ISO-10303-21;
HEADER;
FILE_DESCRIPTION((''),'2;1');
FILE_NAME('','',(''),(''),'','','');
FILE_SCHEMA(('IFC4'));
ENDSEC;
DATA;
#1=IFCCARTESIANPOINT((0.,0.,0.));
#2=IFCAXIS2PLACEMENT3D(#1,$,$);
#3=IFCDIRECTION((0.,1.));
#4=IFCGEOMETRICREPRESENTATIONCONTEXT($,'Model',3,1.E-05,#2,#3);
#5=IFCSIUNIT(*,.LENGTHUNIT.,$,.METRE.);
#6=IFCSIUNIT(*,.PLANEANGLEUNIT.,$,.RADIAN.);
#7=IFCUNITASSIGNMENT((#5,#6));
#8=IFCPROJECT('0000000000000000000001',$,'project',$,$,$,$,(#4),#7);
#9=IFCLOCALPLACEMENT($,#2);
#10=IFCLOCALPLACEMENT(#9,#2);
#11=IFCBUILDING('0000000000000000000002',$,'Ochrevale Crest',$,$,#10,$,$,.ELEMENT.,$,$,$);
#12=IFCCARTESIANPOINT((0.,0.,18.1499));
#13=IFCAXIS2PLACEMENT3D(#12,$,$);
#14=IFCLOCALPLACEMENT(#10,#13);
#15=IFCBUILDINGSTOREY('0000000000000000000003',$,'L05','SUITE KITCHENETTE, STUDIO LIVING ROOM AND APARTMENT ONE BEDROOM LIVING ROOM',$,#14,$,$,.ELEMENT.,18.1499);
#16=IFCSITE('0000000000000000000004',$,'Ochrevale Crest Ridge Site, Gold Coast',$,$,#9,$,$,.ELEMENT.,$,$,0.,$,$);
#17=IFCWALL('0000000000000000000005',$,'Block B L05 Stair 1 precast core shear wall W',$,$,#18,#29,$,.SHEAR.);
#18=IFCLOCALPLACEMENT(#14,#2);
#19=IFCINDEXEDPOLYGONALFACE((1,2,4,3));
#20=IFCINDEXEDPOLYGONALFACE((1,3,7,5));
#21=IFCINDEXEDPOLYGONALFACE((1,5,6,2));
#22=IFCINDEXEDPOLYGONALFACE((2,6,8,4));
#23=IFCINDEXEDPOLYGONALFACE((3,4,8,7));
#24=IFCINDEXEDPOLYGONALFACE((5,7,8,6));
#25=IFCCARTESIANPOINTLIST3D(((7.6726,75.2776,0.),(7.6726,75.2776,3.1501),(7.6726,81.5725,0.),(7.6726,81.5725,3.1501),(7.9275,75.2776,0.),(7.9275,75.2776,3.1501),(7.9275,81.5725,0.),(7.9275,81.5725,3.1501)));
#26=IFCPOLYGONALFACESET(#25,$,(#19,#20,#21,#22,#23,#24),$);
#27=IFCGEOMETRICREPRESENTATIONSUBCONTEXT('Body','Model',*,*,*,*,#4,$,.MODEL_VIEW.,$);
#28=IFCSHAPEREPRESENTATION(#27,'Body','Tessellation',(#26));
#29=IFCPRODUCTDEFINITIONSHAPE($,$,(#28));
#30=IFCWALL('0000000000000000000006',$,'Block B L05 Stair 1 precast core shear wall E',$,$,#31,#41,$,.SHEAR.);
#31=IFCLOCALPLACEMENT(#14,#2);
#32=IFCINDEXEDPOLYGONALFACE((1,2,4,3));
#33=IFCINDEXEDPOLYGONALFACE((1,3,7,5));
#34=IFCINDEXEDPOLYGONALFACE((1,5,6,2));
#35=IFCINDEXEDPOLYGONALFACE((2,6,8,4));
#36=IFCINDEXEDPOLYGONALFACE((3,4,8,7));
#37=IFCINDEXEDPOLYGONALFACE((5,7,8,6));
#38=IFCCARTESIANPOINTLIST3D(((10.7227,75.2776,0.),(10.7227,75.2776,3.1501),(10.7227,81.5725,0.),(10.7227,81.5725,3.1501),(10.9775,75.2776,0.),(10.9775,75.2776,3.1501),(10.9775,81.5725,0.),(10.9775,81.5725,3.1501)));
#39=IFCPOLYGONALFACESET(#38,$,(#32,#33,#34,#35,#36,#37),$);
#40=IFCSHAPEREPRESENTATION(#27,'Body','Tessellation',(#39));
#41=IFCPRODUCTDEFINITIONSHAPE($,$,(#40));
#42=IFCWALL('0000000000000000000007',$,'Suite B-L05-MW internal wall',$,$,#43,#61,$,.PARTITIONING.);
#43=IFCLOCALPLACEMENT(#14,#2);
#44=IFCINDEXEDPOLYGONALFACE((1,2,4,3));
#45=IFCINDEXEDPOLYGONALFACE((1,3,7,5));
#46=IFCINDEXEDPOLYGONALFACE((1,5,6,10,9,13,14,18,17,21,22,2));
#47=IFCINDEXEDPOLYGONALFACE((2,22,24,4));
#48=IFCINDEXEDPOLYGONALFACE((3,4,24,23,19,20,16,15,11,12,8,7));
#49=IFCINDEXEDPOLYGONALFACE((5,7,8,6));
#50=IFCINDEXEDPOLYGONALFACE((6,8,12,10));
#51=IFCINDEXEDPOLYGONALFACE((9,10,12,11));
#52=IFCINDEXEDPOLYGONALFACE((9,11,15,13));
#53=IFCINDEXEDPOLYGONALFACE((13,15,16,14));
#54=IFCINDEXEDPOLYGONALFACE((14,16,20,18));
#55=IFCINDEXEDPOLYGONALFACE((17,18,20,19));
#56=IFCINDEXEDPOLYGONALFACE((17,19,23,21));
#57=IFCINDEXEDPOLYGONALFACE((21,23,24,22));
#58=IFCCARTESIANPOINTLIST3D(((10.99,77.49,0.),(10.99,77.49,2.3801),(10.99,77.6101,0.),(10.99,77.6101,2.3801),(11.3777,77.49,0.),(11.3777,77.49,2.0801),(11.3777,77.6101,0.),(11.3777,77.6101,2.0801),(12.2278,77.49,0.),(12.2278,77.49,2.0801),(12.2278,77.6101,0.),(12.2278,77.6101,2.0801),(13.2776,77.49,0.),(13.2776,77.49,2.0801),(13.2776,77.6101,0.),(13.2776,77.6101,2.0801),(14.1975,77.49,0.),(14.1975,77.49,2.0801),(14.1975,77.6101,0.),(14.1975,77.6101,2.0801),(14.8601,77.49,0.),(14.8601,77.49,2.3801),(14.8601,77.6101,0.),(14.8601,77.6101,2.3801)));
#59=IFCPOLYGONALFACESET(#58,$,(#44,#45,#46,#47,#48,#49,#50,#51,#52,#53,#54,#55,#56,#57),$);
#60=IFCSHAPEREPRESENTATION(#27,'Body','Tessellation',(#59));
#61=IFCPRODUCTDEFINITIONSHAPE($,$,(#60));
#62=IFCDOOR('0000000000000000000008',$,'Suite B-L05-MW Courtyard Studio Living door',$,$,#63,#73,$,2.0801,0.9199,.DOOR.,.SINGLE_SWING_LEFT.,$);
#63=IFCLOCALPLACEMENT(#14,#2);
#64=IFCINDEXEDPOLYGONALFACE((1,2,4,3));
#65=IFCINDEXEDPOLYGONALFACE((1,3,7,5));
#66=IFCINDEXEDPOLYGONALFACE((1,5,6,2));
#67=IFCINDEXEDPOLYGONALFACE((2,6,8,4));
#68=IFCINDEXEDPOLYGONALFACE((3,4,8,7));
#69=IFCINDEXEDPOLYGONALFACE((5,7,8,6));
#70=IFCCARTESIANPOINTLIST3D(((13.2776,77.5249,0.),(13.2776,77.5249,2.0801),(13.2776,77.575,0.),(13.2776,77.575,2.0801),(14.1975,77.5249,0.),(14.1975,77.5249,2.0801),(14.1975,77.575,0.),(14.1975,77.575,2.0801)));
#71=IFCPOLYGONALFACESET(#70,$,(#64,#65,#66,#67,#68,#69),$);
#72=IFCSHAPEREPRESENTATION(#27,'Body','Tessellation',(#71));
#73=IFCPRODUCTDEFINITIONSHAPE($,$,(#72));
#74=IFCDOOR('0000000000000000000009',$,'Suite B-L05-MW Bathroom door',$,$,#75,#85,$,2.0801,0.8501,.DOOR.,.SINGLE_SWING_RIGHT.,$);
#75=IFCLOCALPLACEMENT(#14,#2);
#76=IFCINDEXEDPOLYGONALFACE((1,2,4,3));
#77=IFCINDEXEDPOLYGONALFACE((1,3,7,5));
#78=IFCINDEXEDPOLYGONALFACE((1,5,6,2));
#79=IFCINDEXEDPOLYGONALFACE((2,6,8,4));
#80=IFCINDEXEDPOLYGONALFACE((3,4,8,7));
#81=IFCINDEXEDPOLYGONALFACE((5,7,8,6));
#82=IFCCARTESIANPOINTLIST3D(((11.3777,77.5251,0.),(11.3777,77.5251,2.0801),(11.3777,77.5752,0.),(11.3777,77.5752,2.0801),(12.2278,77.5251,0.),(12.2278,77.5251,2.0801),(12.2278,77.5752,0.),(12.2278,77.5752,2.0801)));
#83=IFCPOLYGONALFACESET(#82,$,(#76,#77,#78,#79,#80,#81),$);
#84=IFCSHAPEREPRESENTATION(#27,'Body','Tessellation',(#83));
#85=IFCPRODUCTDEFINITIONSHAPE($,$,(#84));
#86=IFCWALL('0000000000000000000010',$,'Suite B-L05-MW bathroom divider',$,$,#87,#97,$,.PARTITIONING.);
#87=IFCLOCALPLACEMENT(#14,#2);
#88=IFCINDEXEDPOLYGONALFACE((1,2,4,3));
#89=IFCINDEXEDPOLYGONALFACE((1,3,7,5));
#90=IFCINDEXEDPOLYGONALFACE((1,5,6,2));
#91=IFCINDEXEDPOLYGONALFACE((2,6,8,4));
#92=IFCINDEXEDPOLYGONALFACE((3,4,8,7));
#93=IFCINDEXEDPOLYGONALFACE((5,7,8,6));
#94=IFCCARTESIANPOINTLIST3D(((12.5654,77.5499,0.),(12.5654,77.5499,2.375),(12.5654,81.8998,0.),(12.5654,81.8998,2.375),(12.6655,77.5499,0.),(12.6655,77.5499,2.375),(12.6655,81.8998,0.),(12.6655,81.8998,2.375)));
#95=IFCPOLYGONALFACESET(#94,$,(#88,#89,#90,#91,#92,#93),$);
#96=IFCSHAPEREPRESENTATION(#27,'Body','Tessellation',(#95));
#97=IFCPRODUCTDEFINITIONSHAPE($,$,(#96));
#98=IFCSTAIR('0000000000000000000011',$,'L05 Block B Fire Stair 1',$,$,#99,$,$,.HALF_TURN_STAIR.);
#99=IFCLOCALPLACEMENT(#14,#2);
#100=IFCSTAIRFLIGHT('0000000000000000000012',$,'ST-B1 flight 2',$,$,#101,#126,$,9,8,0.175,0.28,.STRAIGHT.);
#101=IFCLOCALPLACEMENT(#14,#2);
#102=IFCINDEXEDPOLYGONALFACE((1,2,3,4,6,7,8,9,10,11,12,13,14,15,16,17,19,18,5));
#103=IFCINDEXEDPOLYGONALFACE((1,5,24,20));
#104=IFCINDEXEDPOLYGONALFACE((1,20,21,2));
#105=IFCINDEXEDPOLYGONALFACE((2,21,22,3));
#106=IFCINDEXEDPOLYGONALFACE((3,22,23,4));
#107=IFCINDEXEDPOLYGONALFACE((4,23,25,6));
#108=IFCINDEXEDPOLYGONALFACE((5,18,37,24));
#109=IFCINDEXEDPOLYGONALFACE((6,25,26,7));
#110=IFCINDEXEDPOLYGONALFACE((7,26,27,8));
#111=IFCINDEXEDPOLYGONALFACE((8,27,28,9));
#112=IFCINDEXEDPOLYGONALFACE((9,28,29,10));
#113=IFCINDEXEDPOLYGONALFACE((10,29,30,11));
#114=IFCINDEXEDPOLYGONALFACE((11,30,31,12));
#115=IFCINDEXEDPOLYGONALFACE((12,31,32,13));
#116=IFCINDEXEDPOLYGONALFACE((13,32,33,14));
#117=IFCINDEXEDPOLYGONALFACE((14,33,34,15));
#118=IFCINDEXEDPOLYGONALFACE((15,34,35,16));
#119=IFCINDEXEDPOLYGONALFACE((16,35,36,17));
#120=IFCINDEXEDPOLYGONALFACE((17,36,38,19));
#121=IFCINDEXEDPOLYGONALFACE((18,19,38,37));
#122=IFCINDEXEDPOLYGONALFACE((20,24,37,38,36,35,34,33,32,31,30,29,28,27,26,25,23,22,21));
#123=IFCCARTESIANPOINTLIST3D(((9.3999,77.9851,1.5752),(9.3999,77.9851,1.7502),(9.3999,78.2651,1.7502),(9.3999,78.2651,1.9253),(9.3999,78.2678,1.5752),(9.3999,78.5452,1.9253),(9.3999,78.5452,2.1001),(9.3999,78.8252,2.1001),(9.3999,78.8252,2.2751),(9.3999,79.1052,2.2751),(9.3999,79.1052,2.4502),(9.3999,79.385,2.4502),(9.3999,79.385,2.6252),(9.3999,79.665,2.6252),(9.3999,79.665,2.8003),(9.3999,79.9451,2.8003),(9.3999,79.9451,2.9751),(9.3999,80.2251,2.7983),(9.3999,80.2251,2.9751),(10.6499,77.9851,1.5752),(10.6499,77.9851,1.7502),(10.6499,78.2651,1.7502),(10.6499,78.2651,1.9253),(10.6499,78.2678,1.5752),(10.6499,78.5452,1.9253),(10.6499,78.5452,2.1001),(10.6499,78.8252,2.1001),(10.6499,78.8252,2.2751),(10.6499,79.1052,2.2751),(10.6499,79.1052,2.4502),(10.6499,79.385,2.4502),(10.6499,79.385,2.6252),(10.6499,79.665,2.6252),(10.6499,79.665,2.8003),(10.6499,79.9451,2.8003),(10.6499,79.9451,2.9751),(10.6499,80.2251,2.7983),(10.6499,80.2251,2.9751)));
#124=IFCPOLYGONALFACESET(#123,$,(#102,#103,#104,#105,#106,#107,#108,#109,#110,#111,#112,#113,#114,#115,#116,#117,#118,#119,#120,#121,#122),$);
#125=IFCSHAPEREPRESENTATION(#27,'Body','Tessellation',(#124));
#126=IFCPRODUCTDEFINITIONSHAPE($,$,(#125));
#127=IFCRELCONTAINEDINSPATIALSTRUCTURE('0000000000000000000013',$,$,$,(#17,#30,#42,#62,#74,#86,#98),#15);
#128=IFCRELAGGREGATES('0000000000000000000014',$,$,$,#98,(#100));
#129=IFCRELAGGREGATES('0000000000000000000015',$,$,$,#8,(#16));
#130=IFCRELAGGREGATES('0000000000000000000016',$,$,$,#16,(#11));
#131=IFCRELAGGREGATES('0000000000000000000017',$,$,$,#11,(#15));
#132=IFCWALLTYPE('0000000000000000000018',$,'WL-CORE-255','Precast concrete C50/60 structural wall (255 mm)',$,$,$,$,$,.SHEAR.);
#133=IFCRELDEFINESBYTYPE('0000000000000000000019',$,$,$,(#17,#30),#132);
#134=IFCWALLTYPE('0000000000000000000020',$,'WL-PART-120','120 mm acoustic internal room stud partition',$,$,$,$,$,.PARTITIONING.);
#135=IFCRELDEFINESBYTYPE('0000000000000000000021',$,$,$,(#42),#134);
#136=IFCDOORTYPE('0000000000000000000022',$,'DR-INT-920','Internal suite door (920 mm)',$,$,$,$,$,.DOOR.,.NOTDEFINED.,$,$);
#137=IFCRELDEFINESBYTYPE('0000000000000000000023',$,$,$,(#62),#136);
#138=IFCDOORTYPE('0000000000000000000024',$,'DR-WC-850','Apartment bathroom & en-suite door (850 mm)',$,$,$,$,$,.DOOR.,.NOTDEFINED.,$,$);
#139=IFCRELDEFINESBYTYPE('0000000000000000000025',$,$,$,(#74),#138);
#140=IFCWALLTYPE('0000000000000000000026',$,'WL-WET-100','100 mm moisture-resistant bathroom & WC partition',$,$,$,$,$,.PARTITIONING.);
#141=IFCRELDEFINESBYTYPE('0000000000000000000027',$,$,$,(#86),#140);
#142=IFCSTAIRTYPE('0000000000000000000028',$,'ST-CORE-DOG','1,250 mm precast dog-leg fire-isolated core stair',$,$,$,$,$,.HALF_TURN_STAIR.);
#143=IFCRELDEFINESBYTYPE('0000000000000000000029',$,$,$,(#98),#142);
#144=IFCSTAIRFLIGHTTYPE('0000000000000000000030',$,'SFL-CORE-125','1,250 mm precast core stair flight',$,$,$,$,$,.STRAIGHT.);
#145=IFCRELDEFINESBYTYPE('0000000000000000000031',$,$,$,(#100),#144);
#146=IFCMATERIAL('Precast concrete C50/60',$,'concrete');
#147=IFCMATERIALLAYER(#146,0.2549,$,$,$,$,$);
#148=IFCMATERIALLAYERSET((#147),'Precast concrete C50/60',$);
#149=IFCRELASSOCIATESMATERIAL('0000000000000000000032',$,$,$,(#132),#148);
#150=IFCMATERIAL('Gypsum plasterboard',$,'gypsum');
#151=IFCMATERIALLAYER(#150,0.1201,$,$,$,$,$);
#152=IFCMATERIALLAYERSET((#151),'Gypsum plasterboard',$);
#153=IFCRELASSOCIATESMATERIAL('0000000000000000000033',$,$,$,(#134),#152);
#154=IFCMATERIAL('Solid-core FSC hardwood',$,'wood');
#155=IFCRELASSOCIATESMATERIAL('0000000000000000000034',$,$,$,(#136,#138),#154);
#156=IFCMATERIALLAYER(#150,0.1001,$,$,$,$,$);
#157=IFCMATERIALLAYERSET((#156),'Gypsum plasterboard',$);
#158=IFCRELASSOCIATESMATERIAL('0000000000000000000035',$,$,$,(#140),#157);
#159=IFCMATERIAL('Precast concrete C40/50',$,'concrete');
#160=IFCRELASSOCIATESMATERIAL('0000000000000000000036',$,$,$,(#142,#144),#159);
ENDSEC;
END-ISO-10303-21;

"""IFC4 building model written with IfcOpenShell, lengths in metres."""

from ifc_helpers import new_model, si_unit, direction, frame, frame_2d, origin, place, context, subcontext, project, spatial, polyline, rectangle, outline, extrude, material, layer, layer_set, type_object, element, fill, aggregate, save


model = new_model("IFC4")

# Units and contexts
model_context = context("Model", 3, precision=1e-05, world=origin(), true_north=direction((0.0, 1.0)))
body_context = subcontext(model_context, "Body", "Model", "MODEL_VIEW")
ifc_project = project(units=[si_unit("LENGTHUNIT", "METRE"), si_unit("PLANEANGLEUNIT", "RADIAN")], contexts=[model_context])

# Site, building, storey
site_placement = place(None, origin())
site = spatial("IfcSite", under=ifc_project, at=site_placement, Name="Ochrevale Crest Ridge Site, Gold Coast", CompositionType="ELEMENT", RefElevation=0.0)
building_placement = place(site_placement, origin())
building = spatial("IfcBuilding", under=site, at=building_placement, Name="Ochrevale Crest", CompositionType="ELEMENT")
storey_placement = place(building_placement, frame((0.0, 0.0, 18.1499)))
storey = spatial("IfcBuildingStorey", under=building, at=storey_placement, Name="L05", Description="SUITE KITCHENETTE, STUDIO LIVING ROOM AND APARTMENT ONE BEDROOM LIVING ROOM", CompositionType="ELEMENT", Elevation=18.1499)

# Shared definitions
ifc_material_1 = material(Name="Precast concrete C50/60", Category="concrete")

# Walls
ifc_layer_1 = layer(ifc_material_1, 0.2549)
ifc_layer_set_1 = layer_set([ifc_layer_1], Name="Precast concrete C50/60")
wall_type_1 = type_object("IfcWallType", Name="WL-CORE-255", Description="Precast concrete C50/60 structural wall (255 mm)", PredefinedType="SHEAR", material=ifc_layer_set_1)
for number, where, z_axis, x_axis, name in (
    (1, (7.8, 75.2776, 0.0), (0.0, 0.0, 1.0), (0.0, 1.0, 0.0), "Block B L05 Stair 1 precast core shear wall W"),
    (2, (10.8501, 75.2776, 0.0), (0.0, 0.0, 1.0), (0.0, 1.0, 0.0), "Block B L05 Stair 1 precast core shear wall E"),
):
    element("IfcWall", number, at=place(storey_placement, frame(where, z_axis=z_axis, x_axis=x_axis)), inside=storey, type_object=wall_type_1, Name=name, PredefinedType="SHEAR", context=body_context, shape_type="SweptSolid", body=[
        extrude(rectangle(XDim=6.2949, YDim=0.2549, at=frame_2d((3.1475, 0.0))), origin(), (0.0, 0.0, 1.0), 3.1501),
    ])

# Wall, openings, doors
ifc_material_2 = material(Name="Gypsum plasterboard", Category="gypsum")
ifc_layer_2 = layer(ifc_material_2, 0.1201)
ifc_layer_set_2 = layer_set([ifc_layer_2], Name="Gypsum plasterboard")
wall_type_2 = type_object("IfcWallType", Name="WL-PART-120", Description="120 mm acoustic internal room stud partition", PredefinedType="PARTITIONING", material=ifc_layer_set_2)
wall_1_placement = place(storey_placement, frame((10.99, 77.55, 0.0), z_axis=(0.0, 0.0, 1.0), x_axis=(1.0, 0.0, 0.0)))
wall_1 = element("IfcWall", 3, at=wall_1_placement, inside=storey, type_object=wall_type_2, Name="Suite B-L05-MW internal wall", PredefinedType="PARTITIONING", context=body_context, shape_type="SweptSolid", body=[
    extrude(rectangle(XDim=3.8701, YDim=0.1201, at=frame_2d((1.9351, 0.0))), origin(), (0.0, 0.0, 1.0), 2.3801),
])
opening_1_placement = place(wall_1_placement, frame((1.2378, 0.0, 0.0), z_axis=(0.0, 0.0, 1.0), x_axis=(-1.0, 0.0, 0.0)))
opening_1 = element("IfcOpeningElement", 4, at=opening_1_placement, cuts=wall_1, PredefinedType="OPENING", context=body_context, shape_type="SweptSolid", body=[
    extrude(rectangle(XDim=0.8501, YDim=2.0801, at=frame_2d((0.425, 1.04))), frame((0.0, 0.0701, 0.0), z_axis=(0.0, -1.0, 0.0), x_axis=(1.0, 0.0, 0.0)), (0.0, 0.0, 1.0), 0.1401),
])
opening_2_placement = place(wall_1_placement, frame((2.2876, 0.0, 0.0)))
opening_2 = element("IfcOpeningElement", 5, at=opening_2_placement, cuts=wall_1, PredefinedType="OPENING", context=body_context, shape_type="SweptSolid", body=[
    extrude(rectangle(XDim=0.9199, YDim=2.0801, at=frame_2d((0.46, 1.04))), frame((0.0, 0.0701, 0.0), z_axis=(0.0, -1.0, 0.0), x_axis=(1.0, 0.0, 0.0)), (0.0, 0.0, 1.0), 0.1401),
])
ifc_material_3 = material(Name="Solid-core FSC hardwood", Category="wood")
door_type_1 = type_object("IfcDoorType", Name="DR-INT-920", Description="Internal suite door (920 mm)", OperationType="NOTDEFINED", PredefinedType="DOOR", material=ifc_material_3)
door_1_placement = place(opening_2_placement, origin())
door_1 = element("IfcDoor", 6, at=door_1_placement, inside=storey, type_object=door_type_1, Name="Suite B-L05-MW Courtyard Studio Living door", OperationType="SINGLE_SWING_LEFT", OverallHeight=2.0801, OverallWidth=0.9199, PredefinedType="DOOR", context=body_context, shape_type="SweptSolid", body=[
    extrude(rectangle(XDim=0.9199, YDim=2.0801, at=frame_2d((0.46, 1.04))), frame((0.0, 0.0249, 0.0), z_axis=(0.0, -1.0, 0.0), x_axis=(1.0, 0.0, 0.0)), (0.0, 0.0, 1.0), 0.05),
])
fill(opening_2, door_1)
door_type_2 = type_object("IfcDoorType", Name="DR-WC-850", Description="Apartment bathroom & en-suite door (850 mm)", OperationType="NOTDEFINED", PredefinedType="DOOR", material=ifc_material_3)
door_2_placement = place(opening_1_placement, origin())
door_2 = element("IfcDoor", 7, at=door_2_placement, inside=storey, type_object=door_type_2, Name="Suite B-L05-MW Bathroom door", OperationType="SINGLE_SWING_RIGHT", OverallHeight=2.0801, OverallWidth=0.8501, PredefinedType="DOOR", context=body_context, shape_type="SweptSolid", body=[
    extrude(rectangle(XDim=0.8501, YDim=2.0801, at=frame_2d((0.425, 1.04))), frame((0.0, 0.0249, 0.0), z_axis=(0.0, -1.0, 0.0), x_axis=(1.0, 0.0, 0.0)), (0.0, 0.0, 1.0), 0.05),
])
fill(opening_1, door_2)

# Wall
ifc_layer_3 = layer(ifc_material_2, 0.1001)
ifc_layer_set_3 = layer_set([ifc_layer_3], Name="Gypsum plasterboard")
wall_type_3 = type_object("IfcWallType", Name="WL-WET-100", Description="100 mm moisture-resistant bathroom & WC partition", PredefinedType="PARTITIONING", material=ifc_layer_set_3)
wall_2_placement = place(storey_placement, frame((12.6155, 77.55, 0.0), z_axis=(0.0, 0.0, 1.0), x_axis=(0.0, 1.0, 0.0)))
element("IfcWall", 8, at=wall_2_placement, inside=storey, type_object=wall_type_3, Name="Suite B-L05-MW bathroom divider", PredefinedType="PARTITIONING", context=body_context, shape_type="SweptSolid", body=[
    extrude(rectangle(XDim=4.3499, YDim=0.1001, at=frame_2d((2.1748, 0.0))), origin(), (0.0, 0.0, 1.0), 2.375),
])

# Stair, stair flight
ifc_material_4 = material(Name="Precast concrete C40/50", Category="concrete")
stair_type = type_object("IfcStairType", Name="ST-CORE-DOG", Description="1,250 mm precast dog-leg fire-isolated core stair", PredefinedType="HALF_TURN_STAIR", material=ifc_material_4)
stair_placement = place(storey_placement, origin())
stair = element("IfcStair", 9, at=stair_placement, inside=storey, type_object=stair_type, Name="L05 Block B Fire Stair 1", PredefinedType="HALF_TURN_STAIR")
stair_flight_type = type_object("IfcStairFlightType", Name="SFL-CORE-125", Description="1,250 mm precast core stair flight", PredefinedType="STRAIGHT", material=ifc_material_4)
stair_flight_placement = place(storey_placement, frame((10.0249, 77.9851, 1.5752), z_axis=(0.0, 0.0, 1.0), x_axis=(0.0, 1.0, 0.0)))
stair_flight = element("IfcStairFlight", 10, at=stair_flight_placement, type_object=stair_flight_type, Name="ST-B1 flight 2", NumberOfRisers=9, NumberOfTreads=8, PredefinedType="STRAIGHT", RiserHeight=0.175, TreadLength=0.28, context=body_context, shape_type="SweptSolid", body=[
    extrude(outline(polyline([(0.0, 0.0), (0.0, 0.175), (0.28, 0.175), (0.28, 0.3501), (0.5601, 0.3501), (0.5601, 0.5249), (0.8401, 0.5249), (0.8401, 0.7), (1.1201, 0.7), (1.1201, 0.875), (1.3999, 0.875), (1.3999, 1.05), (1.6799, 1.05), (1.6799, 1.2251), (1.96, 1.2251), (1.96, 1.3999), (2.24, 1.3999), (2.24, 1.575), (2.24, 1.2231), (0.2827, 0.0), (0.0, 0.0)])), frame((0.0, 0.625, 0.0), z_axis=(0.0, -1.0, 0.0), x_axis=(1.0, 0.0, 0.0)), (0.0, 0.0, 1.0), 1.25),
])
aggregate(stair, [stair_flight])

save(model, "model.ifc")
